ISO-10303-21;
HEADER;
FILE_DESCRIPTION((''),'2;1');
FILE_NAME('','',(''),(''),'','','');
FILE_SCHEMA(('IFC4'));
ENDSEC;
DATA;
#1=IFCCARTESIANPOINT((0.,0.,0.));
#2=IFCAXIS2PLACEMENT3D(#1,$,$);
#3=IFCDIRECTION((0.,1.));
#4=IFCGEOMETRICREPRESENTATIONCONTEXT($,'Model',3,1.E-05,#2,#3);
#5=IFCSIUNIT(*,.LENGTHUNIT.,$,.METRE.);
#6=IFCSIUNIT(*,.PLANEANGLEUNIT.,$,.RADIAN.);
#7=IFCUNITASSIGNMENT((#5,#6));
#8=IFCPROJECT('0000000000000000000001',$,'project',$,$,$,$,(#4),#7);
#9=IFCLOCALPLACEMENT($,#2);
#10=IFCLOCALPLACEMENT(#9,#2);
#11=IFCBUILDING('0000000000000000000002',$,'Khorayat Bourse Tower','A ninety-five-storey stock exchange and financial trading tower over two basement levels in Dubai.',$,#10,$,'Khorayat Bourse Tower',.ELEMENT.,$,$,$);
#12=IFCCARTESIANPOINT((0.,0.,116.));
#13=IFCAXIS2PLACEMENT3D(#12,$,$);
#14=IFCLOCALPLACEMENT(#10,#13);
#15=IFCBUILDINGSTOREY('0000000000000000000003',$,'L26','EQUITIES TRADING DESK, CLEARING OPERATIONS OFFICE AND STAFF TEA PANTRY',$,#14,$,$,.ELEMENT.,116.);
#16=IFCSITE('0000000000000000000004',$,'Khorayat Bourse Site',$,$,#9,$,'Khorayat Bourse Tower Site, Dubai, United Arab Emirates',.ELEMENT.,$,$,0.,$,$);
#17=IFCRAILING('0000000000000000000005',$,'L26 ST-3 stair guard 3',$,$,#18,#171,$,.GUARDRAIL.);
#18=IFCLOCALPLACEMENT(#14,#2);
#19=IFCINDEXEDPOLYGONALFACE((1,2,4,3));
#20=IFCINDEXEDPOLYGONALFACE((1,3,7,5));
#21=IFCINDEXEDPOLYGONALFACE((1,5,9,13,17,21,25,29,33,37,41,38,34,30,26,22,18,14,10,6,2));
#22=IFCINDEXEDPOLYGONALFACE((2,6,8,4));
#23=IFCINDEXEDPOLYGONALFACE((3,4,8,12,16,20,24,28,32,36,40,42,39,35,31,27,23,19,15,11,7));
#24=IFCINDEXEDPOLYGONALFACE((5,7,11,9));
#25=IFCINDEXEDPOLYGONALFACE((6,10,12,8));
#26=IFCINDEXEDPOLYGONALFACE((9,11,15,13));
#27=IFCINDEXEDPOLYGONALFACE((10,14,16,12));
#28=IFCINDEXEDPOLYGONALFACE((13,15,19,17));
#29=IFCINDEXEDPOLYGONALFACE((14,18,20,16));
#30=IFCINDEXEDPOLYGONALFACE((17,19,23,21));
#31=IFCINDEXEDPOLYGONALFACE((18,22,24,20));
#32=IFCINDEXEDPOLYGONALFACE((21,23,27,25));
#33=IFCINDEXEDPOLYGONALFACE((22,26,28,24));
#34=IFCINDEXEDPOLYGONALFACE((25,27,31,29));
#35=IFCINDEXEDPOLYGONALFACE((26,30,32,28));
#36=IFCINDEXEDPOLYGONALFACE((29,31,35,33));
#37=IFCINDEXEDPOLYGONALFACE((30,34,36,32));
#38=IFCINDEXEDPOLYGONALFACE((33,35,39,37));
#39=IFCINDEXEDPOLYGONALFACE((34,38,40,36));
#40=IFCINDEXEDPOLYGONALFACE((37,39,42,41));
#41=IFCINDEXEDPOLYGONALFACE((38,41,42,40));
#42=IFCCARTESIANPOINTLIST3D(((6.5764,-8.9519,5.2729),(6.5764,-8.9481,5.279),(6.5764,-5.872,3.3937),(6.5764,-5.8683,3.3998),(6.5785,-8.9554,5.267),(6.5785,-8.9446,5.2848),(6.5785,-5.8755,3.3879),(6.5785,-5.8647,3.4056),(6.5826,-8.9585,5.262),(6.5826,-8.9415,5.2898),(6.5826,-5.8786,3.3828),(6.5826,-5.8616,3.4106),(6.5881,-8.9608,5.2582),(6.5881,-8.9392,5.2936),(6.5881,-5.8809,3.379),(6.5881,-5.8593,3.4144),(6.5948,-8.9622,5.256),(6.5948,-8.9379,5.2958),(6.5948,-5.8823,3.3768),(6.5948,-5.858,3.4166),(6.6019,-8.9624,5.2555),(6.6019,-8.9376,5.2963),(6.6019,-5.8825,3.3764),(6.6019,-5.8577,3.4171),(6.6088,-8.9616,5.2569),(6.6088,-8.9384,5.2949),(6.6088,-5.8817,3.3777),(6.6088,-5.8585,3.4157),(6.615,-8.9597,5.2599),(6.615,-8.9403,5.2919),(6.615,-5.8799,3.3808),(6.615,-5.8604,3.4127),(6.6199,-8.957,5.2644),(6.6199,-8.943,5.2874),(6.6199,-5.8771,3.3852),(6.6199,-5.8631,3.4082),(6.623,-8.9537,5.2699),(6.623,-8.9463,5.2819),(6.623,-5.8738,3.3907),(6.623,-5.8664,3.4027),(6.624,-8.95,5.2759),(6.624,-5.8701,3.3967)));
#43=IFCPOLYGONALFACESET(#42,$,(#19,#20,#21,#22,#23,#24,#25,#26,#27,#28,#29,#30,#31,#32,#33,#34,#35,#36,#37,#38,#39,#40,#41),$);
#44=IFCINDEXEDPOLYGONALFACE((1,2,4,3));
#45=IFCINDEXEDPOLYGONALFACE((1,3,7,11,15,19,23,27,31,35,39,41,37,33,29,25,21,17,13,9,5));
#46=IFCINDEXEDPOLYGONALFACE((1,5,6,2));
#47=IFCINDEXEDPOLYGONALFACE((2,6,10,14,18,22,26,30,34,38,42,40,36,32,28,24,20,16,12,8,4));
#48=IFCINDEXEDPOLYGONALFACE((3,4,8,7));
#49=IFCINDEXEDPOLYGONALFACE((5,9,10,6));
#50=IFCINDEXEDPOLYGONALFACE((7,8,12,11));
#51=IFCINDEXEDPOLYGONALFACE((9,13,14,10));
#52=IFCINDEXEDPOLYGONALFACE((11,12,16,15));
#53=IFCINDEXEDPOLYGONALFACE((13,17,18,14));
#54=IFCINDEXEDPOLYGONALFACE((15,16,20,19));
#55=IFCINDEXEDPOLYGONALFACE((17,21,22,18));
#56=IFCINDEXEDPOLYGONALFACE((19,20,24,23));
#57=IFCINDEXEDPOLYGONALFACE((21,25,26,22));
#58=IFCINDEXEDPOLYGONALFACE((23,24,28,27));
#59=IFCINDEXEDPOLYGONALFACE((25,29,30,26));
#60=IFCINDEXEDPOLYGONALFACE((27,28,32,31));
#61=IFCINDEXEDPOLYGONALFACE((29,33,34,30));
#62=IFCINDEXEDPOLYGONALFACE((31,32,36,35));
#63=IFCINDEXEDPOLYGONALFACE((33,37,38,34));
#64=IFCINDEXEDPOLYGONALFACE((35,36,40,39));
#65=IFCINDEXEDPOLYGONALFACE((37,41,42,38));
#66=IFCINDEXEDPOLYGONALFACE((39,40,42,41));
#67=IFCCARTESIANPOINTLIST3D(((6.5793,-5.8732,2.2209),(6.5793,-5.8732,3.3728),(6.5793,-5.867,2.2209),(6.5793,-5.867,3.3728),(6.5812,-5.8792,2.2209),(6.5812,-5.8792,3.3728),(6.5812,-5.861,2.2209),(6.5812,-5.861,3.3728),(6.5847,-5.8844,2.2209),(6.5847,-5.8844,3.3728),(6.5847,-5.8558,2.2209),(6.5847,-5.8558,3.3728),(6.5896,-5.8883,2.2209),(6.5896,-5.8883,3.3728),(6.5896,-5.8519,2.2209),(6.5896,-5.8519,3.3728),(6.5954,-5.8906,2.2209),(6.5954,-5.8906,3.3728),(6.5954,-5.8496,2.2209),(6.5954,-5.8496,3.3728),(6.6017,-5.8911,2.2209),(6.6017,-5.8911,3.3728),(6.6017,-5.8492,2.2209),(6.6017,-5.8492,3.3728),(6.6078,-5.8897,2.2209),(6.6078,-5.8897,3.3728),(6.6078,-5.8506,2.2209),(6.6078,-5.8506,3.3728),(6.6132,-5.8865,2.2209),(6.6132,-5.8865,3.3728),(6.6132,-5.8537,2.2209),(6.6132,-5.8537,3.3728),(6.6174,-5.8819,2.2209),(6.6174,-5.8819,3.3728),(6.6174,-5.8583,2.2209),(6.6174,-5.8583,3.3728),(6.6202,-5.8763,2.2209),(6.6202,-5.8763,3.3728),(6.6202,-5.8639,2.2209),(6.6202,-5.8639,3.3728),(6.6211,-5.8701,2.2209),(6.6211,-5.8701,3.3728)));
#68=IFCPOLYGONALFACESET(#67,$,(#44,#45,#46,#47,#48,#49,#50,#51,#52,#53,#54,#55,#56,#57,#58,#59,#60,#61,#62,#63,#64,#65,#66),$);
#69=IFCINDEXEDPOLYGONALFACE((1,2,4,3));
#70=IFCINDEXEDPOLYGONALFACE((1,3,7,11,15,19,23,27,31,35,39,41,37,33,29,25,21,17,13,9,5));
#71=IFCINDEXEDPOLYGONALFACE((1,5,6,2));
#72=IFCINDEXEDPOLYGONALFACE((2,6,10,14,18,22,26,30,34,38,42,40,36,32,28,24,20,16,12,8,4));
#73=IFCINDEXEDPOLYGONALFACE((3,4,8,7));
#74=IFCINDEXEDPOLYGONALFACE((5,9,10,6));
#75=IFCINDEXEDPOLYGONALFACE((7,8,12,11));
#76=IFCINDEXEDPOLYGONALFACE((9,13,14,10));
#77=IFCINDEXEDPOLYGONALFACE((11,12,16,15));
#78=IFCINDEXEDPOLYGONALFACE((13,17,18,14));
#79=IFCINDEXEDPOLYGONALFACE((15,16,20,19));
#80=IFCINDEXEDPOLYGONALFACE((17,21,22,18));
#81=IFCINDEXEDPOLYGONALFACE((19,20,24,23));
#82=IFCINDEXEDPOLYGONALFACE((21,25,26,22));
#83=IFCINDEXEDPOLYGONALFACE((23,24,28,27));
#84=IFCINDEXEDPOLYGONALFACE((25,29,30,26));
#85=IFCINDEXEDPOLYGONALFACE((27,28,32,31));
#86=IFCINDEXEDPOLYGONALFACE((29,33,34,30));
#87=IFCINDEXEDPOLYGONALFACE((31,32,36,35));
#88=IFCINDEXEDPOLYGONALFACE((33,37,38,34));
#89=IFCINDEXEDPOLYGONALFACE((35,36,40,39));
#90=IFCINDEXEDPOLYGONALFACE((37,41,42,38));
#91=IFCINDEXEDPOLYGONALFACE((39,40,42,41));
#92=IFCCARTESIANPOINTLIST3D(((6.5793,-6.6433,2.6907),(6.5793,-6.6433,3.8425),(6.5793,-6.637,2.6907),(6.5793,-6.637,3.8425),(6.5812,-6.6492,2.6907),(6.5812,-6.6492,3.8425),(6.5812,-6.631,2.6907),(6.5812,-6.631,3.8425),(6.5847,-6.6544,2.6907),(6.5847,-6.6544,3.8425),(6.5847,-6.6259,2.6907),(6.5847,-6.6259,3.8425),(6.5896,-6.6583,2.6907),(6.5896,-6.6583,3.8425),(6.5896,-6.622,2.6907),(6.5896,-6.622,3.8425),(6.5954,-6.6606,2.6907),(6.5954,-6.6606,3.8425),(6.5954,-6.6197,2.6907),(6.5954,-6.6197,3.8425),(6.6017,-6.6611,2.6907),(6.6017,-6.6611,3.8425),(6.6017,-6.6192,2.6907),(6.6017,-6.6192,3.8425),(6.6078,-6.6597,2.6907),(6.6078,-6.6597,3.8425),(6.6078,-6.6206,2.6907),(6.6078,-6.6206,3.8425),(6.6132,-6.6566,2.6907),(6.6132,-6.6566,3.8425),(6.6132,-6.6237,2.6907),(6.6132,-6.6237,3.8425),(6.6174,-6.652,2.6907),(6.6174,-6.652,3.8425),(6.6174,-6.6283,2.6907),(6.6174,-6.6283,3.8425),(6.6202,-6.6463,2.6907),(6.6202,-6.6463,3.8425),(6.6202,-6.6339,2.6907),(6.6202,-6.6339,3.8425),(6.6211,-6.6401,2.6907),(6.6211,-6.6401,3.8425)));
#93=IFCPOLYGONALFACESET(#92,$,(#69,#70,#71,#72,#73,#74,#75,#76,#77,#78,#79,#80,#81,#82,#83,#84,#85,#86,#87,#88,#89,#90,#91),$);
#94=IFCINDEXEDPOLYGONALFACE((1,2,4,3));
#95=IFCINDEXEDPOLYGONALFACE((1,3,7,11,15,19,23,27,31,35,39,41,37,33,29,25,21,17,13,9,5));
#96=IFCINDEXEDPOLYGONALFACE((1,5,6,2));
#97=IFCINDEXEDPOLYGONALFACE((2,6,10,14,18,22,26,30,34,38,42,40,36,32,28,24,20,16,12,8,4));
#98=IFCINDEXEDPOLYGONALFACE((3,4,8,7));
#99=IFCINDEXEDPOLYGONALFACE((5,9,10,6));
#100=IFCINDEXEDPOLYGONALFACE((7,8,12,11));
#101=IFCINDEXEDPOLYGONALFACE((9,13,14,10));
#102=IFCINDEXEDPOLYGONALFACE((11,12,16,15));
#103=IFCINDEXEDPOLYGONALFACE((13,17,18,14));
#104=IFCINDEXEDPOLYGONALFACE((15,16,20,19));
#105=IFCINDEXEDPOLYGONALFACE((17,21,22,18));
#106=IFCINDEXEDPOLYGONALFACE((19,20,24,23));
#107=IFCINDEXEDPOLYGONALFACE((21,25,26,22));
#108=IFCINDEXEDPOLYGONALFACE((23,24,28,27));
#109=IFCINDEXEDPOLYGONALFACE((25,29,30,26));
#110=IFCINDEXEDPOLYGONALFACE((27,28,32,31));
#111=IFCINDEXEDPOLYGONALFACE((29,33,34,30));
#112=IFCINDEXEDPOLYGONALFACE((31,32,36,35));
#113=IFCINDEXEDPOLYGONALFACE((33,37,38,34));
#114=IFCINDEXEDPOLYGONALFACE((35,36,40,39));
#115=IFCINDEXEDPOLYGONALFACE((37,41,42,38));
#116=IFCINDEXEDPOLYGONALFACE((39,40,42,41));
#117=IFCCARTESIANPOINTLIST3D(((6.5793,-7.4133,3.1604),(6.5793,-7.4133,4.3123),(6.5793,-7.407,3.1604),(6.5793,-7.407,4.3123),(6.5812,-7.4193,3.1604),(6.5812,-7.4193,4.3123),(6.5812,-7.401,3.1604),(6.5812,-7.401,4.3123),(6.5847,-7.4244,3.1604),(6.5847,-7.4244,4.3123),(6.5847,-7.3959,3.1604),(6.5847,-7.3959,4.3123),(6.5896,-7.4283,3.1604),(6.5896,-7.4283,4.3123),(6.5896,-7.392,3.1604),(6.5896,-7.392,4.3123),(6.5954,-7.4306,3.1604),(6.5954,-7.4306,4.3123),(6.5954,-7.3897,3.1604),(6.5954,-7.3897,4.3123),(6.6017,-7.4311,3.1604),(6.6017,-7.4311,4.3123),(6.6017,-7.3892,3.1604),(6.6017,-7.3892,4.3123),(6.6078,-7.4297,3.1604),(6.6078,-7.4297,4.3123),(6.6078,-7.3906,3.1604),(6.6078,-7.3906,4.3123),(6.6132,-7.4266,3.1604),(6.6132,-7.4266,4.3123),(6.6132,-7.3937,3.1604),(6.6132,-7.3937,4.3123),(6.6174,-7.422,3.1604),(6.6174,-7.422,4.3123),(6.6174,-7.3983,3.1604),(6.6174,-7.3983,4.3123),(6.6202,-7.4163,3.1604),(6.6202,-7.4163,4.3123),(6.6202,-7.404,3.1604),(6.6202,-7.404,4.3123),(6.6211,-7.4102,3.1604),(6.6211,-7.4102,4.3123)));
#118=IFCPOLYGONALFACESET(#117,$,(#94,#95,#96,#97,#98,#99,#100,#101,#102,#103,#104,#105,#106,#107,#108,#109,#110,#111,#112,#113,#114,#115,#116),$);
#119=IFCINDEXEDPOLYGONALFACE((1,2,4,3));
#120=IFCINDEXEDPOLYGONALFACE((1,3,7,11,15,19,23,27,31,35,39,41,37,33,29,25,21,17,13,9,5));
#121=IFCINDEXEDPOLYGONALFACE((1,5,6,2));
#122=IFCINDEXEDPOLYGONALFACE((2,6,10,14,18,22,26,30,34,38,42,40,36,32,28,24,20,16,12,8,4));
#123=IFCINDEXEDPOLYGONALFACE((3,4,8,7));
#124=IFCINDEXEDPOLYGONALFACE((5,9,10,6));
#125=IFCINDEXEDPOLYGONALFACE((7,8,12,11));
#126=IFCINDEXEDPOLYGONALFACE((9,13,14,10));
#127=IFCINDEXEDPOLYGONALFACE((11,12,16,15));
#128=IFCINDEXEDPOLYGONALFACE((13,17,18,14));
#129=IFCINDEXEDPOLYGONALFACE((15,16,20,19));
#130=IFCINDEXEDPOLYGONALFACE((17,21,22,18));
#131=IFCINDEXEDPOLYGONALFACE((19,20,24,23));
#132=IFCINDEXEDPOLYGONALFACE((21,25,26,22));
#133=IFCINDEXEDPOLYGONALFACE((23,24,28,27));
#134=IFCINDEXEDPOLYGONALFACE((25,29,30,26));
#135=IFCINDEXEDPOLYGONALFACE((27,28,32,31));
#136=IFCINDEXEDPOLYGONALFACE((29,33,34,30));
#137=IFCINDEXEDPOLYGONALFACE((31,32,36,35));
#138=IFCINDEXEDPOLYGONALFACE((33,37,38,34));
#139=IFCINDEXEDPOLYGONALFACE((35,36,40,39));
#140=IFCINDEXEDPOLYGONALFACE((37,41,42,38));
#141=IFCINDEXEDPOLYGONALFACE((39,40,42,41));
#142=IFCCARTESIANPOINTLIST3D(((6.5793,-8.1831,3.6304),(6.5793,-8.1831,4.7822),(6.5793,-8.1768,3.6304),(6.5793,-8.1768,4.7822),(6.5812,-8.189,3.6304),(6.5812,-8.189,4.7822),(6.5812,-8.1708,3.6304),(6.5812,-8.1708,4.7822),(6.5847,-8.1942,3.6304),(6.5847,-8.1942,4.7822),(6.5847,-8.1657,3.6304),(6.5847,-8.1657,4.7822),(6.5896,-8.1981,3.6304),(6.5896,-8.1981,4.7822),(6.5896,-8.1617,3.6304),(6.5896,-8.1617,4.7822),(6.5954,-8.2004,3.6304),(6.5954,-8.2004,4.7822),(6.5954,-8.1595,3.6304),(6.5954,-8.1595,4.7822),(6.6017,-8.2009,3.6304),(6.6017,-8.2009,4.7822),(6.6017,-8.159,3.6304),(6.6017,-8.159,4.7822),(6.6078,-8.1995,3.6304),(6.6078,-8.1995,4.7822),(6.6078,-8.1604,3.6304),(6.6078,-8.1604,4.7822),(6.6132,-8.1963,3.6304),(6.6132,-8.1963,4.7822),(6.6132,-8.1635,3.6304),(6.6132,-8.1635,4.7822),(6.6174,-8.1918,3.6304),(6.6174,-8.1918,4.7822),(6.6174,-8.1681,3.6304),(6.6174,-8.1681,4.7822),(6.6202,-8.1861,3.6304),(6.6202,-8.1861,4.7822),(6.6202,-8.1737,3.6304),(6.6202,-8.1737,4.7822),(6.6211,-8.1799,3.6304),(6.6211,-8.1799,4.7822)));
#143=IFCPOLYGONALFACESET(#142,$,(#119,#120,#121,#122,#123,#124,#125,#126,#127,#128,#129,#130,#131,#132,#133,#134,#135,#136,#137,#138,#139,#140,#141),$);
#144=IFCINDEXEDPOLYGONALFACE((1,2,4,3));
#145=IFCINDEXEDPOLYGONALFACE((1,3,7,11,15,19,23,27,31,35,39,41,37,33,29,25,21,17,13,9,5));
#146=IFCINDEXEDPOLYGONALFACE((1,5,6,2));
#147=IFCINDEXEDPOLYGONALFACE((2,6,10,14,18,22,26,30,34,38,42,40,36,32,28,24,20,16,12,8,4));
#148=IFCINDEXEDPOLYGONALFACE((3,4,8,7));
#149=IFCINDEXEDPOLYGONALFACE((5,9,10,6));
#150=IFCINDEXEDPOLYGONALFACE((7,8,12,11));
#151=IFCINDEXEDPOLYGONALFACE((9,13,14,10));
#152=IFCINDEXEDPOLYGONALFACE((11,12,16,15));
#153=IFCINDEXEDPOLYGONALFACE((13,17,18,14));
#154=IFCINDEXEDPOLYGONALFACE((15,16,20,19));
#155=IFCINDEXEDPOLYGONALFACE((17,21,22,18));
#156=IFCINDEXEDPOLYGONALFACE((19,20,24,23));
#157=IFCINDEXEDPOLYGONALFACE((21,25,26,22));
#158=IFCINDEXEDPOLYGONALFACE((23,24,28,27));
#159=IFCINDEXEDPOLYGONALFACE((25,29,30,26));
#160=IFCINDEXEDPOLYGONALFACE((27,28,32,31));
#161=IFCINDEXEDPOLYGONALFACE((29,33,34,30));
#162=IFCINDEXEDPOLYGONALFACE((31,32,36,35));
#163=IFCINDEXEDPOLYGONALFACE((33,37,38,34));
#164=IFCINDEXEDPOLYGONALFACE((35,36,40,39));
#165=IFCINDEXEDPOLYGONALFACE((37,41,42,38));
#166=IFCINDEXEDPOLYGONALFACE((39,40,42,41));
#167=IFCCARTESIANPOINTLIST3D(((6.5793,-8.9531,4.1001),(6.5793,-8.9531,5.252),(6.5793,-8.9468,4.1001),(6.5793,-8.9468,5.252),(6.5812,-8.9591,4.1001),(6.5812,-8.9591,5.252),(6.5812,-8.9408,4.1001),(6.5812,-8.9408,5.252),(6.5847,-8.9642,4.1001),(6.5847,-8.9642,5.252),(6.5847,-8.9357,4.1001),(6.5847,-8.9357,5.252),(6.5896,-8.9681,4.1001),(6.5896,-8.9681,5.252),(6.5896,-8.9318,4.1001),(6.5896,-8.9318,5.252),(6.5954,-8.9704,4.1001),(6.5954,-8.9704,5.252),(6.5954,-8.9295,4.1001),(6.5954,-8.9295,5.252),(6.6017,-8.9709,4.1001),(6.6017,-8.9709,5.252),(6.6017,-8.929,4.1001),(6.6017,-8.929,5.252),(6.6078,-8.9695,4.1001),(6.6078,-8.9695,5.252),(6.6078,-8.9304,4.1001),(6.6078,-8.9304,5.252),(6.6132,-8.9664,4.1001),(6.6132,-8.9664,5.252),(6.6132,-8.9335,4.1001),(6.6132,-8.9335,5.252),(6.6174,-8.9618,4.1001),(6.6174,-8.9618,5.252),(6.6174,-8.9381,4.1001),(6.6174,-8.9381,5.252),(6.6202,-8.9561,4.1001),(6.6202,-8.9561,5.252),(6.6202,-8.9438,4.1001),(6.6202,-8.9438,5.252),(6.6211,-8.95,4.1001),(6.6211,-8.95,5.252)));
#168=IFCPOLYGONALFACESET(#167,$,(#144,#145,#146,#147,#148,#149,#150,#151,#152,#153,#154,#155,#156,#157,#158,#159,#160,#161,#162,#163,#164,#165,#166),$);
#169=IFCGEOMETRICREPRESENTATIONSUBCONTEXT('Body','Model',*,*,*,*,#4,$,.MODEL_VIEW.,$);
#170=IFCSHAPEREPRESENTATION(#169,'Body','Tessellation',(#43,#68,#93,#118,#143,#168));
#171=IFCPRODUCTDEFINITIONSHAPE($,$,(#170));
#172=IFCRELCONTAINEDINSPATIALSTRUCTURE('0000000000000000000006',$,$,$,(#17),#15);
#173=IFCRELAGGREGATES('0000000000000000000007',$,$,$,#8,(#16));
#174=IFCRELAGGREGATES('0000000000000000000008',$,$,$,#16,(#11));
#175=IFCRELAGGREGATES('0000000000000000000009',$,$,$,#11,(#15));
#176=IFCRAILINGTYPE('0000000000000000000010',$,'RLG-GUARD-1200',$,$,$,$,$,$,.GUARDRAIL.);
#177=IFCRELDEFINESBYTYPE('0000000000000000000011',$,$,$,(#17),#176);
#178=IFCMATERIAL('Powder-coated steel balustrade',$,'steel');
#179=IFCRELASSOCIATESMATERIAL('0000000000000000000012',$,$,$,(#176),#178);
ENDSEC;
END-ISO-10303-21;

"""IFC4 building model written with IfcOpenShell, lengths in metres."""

from ifc_helpers import new_model, si_unit, direction, frame, origin, origin_2d, place, context, subcontext, project, spatial, circle, extrude, source, transform, mapped, material, type_object, element, save


model = new_model("IFC4")

# Units and contexts
model_context = context("Model", 3, precision=1e-05, world=origin(), true_north=direction((0.0, 1.0)))
body_context = subcontext(model_context, "Body", "Model", "MODEL_VIEW")
ifc_project = project(units=[si_unit("LENGTHUNIT", "METRE"), si_unit("PLANEANGLEUNIT", "RADIAN")], contexts=[model_context])

# Site, building, storey
site_placement = place(None, origin())
site = spatial("IfcSite", under=ifc_project, at=site_placement, Name="Khorayat Bourse Site", LongName="Khorayat Bourse Tower Site, Dubai, United Arab Emirates", CompositionType="ELEMENT", RefElevation=0.0)
building_placement = place(site_placement, origin())
building = spatial("IfcBuilding", under=site, at=building_placement, Name="Khorayat Bourse Tower", Description="A ninety-five-storey stock exchange and financial trading tower over two basement levels in Dubai.", LongName="Khorayat Bourse Tower", CompositionType="ELEMENT")
storey_placement = place(building_placement, frame((0.0, 0.0, 116.0)))
storey = spatial("IfcBuildingStorey", under=building, at=storey_placement, Name="L26", Description="EQUITIES TRADING DESK, CLEARING OPERATIONS OFFICE AND STAFF TEA PANTRY", CompositionType="ELEMENT", Elevation=116.0)

# Railing
ifc_material_1 = material(Name="Powder-coated steel balustrade", Category="steel")
railing_type_1 = type_object("IfcRailingType", Name="RLG-GUARD-1200", PredefinedType="GUARDRAIL", material=ifc_material_1)
shared_shape_1 = source(origin(), body_context, "Body", "SweptSolid", [
    extrude(circle(Radius=0.0239, at=origin_2d()), frame((0.0, 0.0, 1.1758), z_axis=(0.0, -0.853648, 0.52085), x_axis=(1.0, 0.0, 0.0)), (0.0, 0.0, 1.0), 3.6079),
    extrude(circle(Radius=0.021, at=origin_2d()), origin(), (0.0, 0.0, 1.0), 1.1519),
    extrude(circle(Radius=0.021, at=origin_2d()), frame((0.0, -0.77, 0.4697)), (0.0, 0.0, 1.0), 1.1519),
    extrude(circle(Radius=0.021, at=origin_2d()), frame((0.0, -1.54, 0.9395)), (0.0, 0.0, 1.0), 1.1519),
    extrude(circle(Radius=0.021, at=origin_2d()), frame((0.0, -2.3098, 1.4094)), (0.0, 0.0, 1.0), 1.1519),
    extrude(circle(Radius=0.021, at=origin_2d()), frame((0.0, -3.0798, 1.8792)), (0.0, 0.0, 1.0), 1.1519),
])
railing_1_placement = place(storey_placement, frame((6.6001, -5.8701, 2.2209)))
element("IfcRailing", 1, at=railing_1_placement, inside=storey, type_object=railing_type_1, Name="L26 ST-3 stair guard 3", PredefinedType="GUARDRAIL", context=body_context, shape_type="MappedRepresentation", body=[
    mapped(shared_shape_1, transform((0.0, 0.0, 0.0), scale=1.0)),
])

save(model, "model.ifc")
